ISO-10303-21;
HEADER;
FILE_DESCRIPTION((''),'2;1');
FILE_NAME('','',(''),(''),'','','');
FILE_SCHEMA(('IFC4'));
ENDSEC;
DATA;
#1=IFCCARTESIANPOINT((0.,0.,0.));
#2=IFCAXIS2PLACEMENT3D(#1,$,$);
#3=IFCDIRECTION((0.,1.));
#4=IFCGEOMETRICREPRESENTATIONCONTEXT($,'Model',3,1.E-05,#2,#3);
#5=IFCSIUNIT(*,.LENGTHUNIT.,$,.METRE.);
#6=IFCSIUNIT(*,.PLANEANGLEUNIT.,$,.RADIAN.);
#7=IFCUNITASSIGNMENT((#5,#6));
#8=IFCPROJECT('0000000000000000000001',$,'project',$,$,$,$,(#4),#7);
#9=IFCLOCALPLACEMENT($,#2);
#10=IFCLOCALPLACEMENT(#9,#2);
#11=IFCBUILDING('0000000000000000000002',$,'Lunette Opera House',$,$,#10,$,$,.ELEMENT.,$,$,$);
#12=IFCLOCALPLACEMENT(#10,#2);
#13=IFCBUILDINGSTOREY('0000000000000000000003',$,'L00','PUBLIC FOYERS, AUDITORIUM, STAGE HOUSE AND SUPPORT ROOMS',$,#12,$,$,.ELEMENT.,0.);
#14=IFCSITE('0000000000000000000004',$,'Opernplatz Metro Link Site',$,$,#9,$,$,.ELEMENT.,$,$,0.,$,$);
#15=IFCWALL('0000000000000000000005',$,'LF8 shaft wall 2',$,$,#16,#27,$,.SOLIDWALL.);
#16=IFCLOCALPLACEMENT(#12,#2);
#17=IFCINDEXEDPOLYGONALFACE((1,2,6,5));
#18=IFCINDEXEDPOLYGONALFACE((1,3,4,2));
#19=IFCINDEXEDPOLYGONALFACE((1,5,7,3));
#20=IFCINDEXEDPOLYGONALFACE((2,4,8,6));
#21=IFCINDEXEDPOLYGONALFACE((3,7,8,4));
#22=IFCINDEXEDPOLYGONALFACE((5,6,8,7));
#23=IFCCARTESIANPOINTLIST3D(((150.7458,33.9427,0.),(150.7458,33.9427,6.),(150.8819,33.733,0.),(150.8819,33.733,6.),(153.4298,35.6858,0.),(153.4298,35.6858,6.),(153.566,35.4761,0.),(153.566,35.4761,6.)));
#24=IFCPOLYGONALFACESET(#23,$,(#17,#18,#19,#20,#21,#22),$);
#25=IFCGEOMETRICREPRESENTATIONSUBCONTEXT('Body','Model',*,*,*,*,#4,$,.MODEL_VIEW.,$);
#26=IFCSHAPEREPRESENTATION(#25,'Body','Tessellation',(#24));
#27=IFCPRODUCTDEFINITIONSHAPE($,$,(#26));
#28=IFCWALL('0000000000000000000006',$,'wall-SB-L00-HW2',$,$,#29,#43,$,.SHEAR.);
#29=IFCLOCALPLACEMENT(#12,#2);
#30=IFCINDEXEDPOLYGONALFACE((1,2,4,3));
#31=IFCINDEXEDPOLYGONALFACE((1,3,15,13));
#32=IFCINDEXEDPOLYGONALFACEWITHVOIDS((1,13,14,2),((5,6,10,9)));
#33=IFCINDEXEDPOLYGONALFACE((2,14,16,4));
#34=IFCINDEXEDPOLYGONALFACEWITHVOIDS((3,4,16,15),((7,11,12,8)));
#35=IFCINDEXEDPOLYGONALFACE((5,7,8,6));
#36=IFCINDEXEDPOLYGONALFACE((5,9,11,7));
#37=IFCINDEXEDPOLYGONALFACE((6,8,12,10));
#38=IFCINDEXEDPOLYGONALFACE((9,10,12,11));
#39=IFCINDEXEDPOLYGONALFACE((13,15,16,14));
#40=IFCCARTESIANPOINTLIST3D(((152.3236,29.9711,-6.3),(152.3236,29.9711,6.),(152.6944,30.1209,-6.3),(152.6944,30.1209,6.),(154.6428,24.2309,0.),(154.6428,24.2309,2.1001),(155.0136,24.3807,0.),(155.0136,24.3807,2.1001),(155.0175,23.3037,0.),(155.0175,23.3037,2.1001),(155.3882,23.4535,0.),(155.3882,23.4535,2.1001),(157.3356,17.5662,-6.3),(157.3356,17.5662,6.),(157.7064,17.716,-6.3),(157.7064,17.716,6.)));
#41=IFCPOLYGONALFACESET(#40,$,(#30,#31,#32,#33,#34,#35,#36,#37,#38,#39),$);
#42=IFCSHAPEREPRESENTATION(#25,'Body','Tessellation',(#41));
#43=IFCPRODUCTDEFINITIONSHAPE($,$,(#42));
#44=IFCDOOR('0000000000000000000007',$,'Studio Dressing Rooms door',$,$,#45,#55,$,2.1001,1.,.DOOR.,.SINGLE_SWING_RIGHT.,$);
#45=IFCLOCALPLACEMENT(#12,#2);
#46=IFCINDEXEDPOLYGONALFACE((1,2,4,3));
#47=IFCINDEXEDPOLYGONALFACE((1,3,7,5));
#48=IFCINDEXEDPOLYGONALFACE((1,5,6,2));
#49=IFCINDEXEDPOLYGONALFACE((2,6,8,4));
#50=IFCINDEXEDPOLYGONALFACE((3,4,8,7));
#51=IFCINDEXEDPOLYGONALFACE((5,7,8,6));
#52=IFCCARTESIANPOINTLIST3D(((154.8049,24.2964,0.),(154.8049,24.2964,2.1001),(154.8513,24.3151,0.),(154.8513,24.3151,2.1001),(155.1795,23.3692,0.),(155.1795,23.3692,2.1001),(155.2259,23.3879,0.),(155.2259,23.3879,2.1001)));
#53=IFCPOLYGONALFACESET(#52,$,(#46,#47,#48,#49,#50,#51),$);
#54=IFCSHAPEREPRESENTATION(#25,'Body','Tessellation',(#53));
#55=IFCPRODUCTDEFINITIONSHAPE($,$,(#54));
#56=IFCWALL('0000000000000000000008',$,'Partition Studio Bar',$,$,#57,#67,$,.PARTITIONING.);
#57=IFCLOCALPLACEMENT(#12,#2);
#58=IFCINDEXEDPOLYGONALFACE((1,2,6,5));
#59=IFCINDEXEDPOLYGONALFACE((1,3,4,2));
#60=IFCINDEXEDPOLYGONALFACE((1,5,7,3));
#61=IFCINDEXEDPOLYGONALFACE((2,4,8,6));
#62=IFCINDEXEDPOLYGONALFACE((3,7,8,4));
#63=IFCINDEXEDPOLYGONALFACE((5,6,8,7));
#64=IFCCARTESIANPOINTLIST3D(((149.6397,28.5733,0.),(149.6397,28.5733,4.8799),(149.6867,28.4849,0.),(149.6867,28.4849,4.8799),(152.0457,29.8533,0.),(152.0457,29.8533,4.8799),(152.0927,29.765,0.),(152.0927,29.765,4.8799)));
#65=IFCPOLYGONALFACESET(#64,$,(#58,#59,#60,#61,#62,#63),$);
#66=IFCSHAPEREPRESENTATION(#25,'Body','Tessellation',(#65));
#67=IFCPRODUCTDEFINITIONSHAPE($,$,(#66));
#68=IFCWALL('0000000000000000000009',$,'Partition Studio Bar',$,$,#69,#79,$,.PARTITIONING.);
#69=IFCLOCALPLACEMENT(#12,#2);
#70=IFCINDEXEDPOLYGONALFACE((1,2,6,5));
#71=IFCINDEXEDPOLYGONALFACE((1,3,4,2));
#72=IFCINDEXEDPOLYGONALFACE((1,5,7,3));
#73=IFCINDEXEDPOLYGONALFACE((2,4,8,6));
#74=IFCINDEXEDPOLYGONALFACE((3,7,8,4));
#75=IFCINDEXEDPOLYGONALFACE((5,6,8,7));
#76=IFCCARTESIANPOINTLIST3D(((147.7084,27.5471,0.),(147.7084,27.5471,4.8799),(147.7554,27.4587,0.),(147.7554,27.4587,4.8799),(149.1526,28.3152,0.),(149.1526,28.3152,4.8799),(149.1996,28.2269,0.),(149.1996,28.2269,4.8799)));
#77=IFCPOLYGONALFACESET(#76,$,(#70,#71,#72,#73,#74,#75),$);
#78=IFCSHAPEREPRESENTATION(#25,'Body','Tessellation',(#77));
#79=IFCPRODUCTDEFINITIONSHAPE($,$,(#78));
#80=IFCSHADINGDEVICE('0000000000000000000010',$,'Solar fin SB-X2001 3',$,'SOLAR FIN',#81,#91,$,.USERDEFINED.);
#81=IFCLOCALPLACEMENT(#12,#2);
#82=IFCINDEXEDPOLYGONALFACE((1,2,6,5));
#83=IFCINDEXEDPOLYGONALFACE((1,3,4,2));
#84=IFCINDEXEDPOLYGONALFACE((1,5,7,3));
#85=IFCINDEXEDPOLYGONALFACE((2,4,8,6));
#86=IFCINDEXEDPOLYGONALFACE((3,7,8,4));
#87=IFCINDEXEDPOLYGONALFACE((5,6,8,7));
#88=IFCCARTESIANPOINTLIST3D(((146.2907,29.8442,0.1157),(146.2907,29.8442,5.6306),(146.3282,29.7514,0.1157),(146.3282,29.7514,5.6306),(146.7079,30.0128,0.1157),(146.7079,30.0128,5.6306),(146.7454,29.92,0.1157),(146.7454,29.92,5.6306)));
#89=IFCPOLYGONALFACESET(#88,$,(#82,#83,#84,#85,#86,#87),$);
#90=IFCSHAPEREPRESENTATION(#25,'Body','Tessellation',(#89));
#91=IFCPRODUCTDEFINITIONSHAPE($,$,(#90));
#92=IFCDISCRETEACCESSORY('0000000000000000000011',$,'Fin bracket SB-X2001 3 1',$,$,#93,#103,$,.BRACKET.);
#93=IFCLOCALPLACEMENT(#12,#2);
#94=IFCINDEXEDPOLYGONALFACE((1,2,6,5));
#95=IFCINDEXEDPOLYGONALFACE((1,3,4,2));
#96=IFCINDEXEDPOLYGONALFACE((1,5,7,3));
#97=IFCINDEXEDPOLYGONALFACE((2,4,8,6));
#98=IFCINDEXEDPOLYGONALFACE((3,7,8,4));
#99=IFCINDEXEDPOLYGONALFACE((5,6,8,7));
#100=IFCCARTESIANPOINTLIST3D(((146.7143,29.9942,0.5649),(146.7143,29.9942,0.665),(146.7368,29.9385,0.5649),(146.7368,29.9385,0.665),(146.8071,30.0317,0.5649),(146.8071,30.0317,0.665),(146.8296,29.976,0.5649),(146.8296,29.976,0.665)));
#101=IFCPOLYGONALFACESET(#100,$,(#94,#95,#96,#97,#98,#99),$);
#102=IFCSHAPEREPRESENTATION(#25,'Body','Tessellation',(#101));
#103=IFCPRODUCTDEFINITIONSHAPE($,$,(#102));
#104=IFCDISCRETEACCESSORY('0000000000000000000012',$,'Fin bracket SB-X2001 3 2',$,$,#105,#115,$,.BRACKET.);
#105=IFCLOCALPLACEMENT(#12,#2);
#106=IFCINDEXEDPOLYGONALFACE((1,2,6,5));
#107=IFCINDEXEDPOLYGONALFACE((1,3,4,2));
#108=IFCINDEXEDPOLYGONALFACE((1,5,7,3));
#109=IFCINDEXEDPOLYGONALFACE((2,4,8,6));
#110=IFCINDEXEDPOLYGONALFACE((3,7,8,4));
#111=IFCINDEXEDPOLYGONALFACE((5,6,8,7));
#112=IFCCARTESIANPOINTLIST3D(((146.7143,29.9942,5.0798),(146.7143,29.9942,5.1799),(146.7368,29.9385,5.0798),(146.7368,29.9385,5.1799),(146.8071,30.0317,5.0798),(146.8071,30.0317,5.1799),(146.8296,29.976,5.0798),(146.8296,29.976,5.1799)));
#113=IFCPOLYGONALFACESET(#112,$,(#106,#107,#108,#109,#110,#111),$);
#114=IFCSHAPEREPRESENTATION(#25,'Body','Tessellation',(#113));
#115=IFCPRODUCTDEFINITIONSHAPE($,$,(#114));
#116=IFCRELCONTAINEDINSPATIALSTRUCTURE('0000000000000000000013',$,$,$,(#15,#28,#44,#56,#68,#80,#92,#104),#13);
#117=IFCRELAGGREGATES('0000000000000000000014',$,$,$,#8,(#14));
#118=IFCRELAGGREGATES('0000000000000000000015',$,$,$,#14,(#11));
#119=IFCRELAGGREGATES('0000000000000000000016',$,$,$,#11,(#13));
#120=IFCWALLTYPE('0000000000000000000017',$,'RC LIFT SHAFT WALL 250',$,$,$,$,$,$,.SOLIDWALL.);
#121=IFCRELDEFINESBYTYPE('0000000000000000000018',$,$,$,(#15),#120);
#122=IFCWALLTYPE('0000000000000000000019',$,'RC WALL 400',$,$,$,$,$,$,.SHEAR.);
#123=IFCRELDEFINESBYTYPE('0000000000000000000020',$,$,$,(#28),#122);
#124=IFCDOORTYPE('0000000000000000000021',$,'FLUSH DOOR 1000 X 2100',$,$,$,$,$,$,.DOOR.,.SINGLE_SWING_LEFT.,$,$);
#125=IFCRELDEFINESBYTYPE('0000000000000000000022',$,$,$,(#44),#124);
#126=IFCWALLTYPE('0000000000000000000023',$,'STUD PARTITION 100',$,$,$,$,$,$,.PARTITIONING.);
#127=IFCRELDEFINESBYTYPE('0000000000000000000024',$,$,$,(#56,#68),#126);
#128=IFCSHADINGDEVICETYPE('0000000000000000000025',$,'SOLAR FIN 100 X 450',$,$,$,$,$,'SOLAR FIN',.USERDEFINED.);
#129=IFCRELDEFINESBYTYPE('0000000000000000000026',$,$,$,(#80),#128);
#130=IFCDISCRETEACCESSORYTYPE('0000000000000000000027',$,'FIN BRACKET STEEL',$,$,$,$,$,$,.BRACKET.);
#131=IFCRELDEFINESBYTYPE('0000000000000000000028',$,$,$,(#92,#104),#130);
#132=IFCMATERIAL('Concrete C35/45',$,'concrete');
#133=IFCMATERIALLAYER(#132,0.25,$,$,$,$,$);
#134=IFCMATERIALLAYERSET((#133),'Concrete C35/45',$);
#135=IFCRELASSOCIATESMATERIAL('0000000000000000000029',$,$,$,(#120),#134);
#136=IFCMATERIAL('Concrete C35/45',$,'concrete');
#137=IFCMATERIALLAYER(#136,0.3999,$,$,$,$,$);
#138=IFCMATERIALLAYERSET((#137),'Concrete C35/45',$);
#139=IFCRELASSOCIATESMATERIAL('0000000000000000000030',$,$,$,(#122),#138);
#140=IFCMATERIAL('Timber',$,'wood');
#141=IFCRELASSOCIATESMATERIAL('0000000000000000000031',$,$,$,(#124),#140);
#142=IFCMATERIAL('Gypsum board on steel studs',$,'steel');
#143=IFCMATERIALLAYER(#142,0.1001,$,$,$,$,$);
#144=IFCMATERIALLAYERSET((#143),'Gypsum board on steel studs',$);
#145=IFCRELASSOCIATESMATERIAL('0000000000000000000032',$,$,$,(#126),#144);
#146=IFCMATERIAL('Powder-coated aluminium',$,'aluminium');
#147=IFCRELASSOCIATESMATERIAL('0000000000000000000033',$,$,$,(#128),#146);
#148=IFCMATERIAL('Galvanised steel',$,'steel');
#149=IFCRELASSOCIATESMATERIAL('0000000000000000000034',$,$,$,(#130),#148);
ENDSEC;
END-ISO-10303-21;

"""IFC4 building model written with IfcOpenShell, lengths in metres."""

from ifc_helpers import new_model, si_unit, direction, frame, frame_2d, origin, origin_2d, place, context, subcontext, project, spatial, rectangle, extrude, material, layer, layer_set, type_object, element, fill, save


model = new_model("IFC4")

# Units and contexts
model_context = context("Model", 3, precision=1e-05, world=origin(), true_north=direction((0.0, 1.0)))
body_context = subcontext(model_context, "Body", "Model", "MODEL_VIEW")
ifc_project = project(units=[si_unit("LENGTHUNIT", "METRE"), si_unit("PLANEANGLEUNIT", "RADIAN")], contexts=[model_context])

# Site, building, storey
site_placement = place(None, origin())
site = spatial("IfcSite", under=ifc_project, at=site_placement, Name="Opernplatz Metro Link Site", CompositionType="ELEMENT", RefElevation=0.0)
building_placement = place(site_placement, origin())
building = spatial("IfcBuilding", under=site, at=building_placement, Name="Lunette Opera House", CompositionType="ELEMENT")
storey_placement = place(building_placement, origin())
storey = spatial("IfcBuildingStorey", under=building, at=storey_placement, Name="L00", Description="PUBLIC FOYERS, AUDITORIUM, STAGE HOUSE AND SUPPORT ROOMS", CompositionType="ELEMENT", Elevation=0.0)

# Wall
ifc_material_1 = material(Name="Concrete C35/45", Category="concrete")
ifc_layer_1 = layer(ifc_material_1, 0.25)
ifc_layer_set_1 = layer_set([ifc_layer_1], Name="Concrete C35/45")
wall_type_1 = type_object("IfcWallType", Name="RC LIFT SHAFT WALL 250", PredefinedType="SOLIDWALL", material=ifc_layer_set_1)
for number, where, z_axis, x_axis, name in (
    (1, (150.814, 33.8379, 0.0), (0.0, 0.0, 1.0), (0.838656, 0.544661, 0.0), "LF8 shaft wall 2"),
):
    element("IfcWall", number, at=place(storey_placement, frame(where, z_axis=z_axis, x_axis=x_axis)), inside=storey, type_object=wall_type_1, Name=name, PredefinedType="SOLIDWALL", context=body_context, shape_type="SweptSolid", body=[
        extrude(rectangle(XDim=3.2004, YDim=0.25, at=frame_2d((1.6001, 0.0))), origin(), (0.0, 0.0, 1.0), 6.0),
    ])

# Wall, opening, door
ifc_material_2 = material(Name="Concrete C35/45", Category="concrete")
ifc_layer_2 = layer(ifc_material_2, 0.3999)
ifc_layer_set_2 = layer_set([ifc_layer_2], Name="Concrete C35/45")
wall_type_2 = type_object("IfcWallType", Name="RC WALL 400", PredefinedType="SHEAR", material=ifc_layer_set_2)
wall_1_placement = place(storey_placement, frame((152.509, 30.0459, -6.3), z_axis=(0.0, 0.0, 1.0), x_axis=(0.374613, -0.927181, 0.0)))
wall_1 = element("IfcWall", 2, at=wall_1_placement, inside=storey, type_object=wall_type_2, Name="wall-SB-L00-HW2", PredefinedType="SHEAR", context=body_context, shape_type="SweptSolid", body=[
    extrude(rectangle(XDim=13.3792, YDim=0.3999, at=frame_2d((6.6895, 0.0))), origin(), (0.0, 0.0, 1.0), 12.3),
])
opening_placement = place(wall_1_placement, frame((6.1909, 0.0, 6.3)))
opening = element("IfcOpeningElement", 3, at=opening_placement, cuts=wall_1, PredefinedType="OPENING", context=body_context, shape_type="SweptSolid", body=[
    extrude(rectangle(XDim=1.0, YDim=2.1001, at=frame_2d((0.5, 1.05))), frame((0.0, 0.2119, 0.0), z_axis=(0.0, -1.0, 0.0), x_axis=(1.0, 0.0, 0.0)), (0.0, 0.0, 1.0), 0.4238),
])
ifc_material_3 = material(Name="Timber", Category="wood")
door_type = type_object("IfcDoorType", Name="FLUSH DOOR 1000 X 2100", OperationType="SINGLE_SWING_LEFT", PredefinedType="DOOR", material=ifc_material_3)
door_placement = place(opening_placement, origin())
door = element("IfcDoor", 4, at=door_placement, inside=storey, type_object=door_type, Name="Studio Dressing Rooms door", OperationType="SINGLE_SWING_RIGHT", OverallHeight=2.1001, OverallWidth=1.0, PredefinedType="DOOR", context=body_context, shape_type="SweptSolid", body=[
    extrude(rectangle(XDim=1.0, YDim=2.1001, at=frame_2d((0.5, 1.05))), frame((0.0, 0.0249, 0.0), z_axis=(0.0, -1.0, 0.0), x_axis=(1.0, 0.0, 0.0)), (0.0, 0.0, 1.0), 0.05),
])
fill(opening, door)

# Walls
ifc_material_4 = material(Name="Gypsum board on steel studs", Category="steel")
ifc_layer_3 = layer(ifc_material_4, 0.1001)
ifc_layer_set_3 = layer_set([ifc_layer_3], Name="Gypsum board on steel studs")
wall_type_3 = type_object("IfcWallType", Name="STUD PARTITION 100", PredefinedType="PARTITIONING", material=ifc_layer_set_3)
wall_2_placement = place(storey_placement, frame((149.6631, 28.5291, 0.0), z_axis=(0.0, 0.0, 1.0), x_axis=(0.882836, 0.469681, 0.0)))
element("IfcWall", 5, at=wall_2_placement, inside=storey, type_object=wall_type_3, Name="Partition Studio Bar", PredefinedType="PARTITIONING", context=body_context, shape_type="SweptSolid", body=[
    extrude(rectangle(XDim=2.7253, YDim=0.1001, at=frame_2d((1.3628, 0.0))), origin(), (0.0, 0.0, 1.0), 4.8799),
])
wall_3_placement = place(storey_placement, frame((147.7319, 27.5029, 0.0), z_axis=(0.0, 0.0, 1.0), x_axis=(0.88289, 0.469581, 0.0)))
element("IfcWall", 6, at=wall_3_placement, inside=storey, type_object=wall_type_3, Name="Partition Studio Bar", PredefinedType="PARTITIONING", context=body_context, shape_type="SweptSolid", body=[
    extrude(rectangle(XDim=1.6357, YDim=0.1001, at=frame_2d((0.8179, 0.0))), origin(), (0.0, 0.0, 1.0), 4.8799),
])

# Shading device
ifc_material_5 = material(Name="Powder-coated aluminium", Category="aluminium")
shading_device_type = type_object("IfcShadingDeviceType", Name="SOLAR FIN 100 X 450", ElementType="SOLAR FIN", PredefinedType="USERDEFINED", material=ifc_material_5)
shading_device_placement = place(storey_placement, frame((146.5181, 29.8821, 0.1157), z_axis=(0.0, 0.0, 1.0), x_axis=(-0.927168, -0.374645, 0.0)))
element("IfcShadingDevice", 7, at=shading_device_placement, inside=storey, type_object=shading_device_type, Name="Solar fin SB-X2001 3", ObjectType="SOLAR FIN", PredefinedType="USERDEFINED", context=body_context, shape_type="SweptSolid", body=[
    extrude(rectangle(XDim=0.45, YDim=0.1001, at=origin_2d()), origin(), (0.0, 0.0, 1.0), 5.5149),
])

# Discrete accessories
ifc_material_6 = material(Name="Galvanised steel", Category="steel")
discrete_accessory_type = type_object("IfcDiscreteAccessoryType", Name="FIN BRACKET STEEL", PredefinedType="BRACKET", material=ifc_material_6)
for number, where, z_axis, x_axis, name in (
    (8, (146.772, 29.9851, 0.5649), (0.0, 0.0, 1.0), (-0.927168, -0.374645, 0.0), "Fin bracket SB-X2001 3 1"),
    (9, (146.772, 29.9851, 5.0798), (0.0, 0.0, 1.0), (-0.927168, -0.374645, 0.0), "Fin bracket SB-X2001 3 2"),
):
    element("IfcDiscreteAccessory", number, at=place(storey_placement, frame(where, z_axis=z_axis, x_axis=x_axis)), inside=storey, type_object=discrete_accessory_type, Name=name, PredefinedType="BRACKET", context=body_context, shape_type="SweptSolid", body=[
        extrude(rectangle(XDim=0.1001, YDim=0.0601, at=origin_2d()), origin(), (0.0, 0.0, 1.0), 0.1001),
    ])

save(model, "model.ifc")
